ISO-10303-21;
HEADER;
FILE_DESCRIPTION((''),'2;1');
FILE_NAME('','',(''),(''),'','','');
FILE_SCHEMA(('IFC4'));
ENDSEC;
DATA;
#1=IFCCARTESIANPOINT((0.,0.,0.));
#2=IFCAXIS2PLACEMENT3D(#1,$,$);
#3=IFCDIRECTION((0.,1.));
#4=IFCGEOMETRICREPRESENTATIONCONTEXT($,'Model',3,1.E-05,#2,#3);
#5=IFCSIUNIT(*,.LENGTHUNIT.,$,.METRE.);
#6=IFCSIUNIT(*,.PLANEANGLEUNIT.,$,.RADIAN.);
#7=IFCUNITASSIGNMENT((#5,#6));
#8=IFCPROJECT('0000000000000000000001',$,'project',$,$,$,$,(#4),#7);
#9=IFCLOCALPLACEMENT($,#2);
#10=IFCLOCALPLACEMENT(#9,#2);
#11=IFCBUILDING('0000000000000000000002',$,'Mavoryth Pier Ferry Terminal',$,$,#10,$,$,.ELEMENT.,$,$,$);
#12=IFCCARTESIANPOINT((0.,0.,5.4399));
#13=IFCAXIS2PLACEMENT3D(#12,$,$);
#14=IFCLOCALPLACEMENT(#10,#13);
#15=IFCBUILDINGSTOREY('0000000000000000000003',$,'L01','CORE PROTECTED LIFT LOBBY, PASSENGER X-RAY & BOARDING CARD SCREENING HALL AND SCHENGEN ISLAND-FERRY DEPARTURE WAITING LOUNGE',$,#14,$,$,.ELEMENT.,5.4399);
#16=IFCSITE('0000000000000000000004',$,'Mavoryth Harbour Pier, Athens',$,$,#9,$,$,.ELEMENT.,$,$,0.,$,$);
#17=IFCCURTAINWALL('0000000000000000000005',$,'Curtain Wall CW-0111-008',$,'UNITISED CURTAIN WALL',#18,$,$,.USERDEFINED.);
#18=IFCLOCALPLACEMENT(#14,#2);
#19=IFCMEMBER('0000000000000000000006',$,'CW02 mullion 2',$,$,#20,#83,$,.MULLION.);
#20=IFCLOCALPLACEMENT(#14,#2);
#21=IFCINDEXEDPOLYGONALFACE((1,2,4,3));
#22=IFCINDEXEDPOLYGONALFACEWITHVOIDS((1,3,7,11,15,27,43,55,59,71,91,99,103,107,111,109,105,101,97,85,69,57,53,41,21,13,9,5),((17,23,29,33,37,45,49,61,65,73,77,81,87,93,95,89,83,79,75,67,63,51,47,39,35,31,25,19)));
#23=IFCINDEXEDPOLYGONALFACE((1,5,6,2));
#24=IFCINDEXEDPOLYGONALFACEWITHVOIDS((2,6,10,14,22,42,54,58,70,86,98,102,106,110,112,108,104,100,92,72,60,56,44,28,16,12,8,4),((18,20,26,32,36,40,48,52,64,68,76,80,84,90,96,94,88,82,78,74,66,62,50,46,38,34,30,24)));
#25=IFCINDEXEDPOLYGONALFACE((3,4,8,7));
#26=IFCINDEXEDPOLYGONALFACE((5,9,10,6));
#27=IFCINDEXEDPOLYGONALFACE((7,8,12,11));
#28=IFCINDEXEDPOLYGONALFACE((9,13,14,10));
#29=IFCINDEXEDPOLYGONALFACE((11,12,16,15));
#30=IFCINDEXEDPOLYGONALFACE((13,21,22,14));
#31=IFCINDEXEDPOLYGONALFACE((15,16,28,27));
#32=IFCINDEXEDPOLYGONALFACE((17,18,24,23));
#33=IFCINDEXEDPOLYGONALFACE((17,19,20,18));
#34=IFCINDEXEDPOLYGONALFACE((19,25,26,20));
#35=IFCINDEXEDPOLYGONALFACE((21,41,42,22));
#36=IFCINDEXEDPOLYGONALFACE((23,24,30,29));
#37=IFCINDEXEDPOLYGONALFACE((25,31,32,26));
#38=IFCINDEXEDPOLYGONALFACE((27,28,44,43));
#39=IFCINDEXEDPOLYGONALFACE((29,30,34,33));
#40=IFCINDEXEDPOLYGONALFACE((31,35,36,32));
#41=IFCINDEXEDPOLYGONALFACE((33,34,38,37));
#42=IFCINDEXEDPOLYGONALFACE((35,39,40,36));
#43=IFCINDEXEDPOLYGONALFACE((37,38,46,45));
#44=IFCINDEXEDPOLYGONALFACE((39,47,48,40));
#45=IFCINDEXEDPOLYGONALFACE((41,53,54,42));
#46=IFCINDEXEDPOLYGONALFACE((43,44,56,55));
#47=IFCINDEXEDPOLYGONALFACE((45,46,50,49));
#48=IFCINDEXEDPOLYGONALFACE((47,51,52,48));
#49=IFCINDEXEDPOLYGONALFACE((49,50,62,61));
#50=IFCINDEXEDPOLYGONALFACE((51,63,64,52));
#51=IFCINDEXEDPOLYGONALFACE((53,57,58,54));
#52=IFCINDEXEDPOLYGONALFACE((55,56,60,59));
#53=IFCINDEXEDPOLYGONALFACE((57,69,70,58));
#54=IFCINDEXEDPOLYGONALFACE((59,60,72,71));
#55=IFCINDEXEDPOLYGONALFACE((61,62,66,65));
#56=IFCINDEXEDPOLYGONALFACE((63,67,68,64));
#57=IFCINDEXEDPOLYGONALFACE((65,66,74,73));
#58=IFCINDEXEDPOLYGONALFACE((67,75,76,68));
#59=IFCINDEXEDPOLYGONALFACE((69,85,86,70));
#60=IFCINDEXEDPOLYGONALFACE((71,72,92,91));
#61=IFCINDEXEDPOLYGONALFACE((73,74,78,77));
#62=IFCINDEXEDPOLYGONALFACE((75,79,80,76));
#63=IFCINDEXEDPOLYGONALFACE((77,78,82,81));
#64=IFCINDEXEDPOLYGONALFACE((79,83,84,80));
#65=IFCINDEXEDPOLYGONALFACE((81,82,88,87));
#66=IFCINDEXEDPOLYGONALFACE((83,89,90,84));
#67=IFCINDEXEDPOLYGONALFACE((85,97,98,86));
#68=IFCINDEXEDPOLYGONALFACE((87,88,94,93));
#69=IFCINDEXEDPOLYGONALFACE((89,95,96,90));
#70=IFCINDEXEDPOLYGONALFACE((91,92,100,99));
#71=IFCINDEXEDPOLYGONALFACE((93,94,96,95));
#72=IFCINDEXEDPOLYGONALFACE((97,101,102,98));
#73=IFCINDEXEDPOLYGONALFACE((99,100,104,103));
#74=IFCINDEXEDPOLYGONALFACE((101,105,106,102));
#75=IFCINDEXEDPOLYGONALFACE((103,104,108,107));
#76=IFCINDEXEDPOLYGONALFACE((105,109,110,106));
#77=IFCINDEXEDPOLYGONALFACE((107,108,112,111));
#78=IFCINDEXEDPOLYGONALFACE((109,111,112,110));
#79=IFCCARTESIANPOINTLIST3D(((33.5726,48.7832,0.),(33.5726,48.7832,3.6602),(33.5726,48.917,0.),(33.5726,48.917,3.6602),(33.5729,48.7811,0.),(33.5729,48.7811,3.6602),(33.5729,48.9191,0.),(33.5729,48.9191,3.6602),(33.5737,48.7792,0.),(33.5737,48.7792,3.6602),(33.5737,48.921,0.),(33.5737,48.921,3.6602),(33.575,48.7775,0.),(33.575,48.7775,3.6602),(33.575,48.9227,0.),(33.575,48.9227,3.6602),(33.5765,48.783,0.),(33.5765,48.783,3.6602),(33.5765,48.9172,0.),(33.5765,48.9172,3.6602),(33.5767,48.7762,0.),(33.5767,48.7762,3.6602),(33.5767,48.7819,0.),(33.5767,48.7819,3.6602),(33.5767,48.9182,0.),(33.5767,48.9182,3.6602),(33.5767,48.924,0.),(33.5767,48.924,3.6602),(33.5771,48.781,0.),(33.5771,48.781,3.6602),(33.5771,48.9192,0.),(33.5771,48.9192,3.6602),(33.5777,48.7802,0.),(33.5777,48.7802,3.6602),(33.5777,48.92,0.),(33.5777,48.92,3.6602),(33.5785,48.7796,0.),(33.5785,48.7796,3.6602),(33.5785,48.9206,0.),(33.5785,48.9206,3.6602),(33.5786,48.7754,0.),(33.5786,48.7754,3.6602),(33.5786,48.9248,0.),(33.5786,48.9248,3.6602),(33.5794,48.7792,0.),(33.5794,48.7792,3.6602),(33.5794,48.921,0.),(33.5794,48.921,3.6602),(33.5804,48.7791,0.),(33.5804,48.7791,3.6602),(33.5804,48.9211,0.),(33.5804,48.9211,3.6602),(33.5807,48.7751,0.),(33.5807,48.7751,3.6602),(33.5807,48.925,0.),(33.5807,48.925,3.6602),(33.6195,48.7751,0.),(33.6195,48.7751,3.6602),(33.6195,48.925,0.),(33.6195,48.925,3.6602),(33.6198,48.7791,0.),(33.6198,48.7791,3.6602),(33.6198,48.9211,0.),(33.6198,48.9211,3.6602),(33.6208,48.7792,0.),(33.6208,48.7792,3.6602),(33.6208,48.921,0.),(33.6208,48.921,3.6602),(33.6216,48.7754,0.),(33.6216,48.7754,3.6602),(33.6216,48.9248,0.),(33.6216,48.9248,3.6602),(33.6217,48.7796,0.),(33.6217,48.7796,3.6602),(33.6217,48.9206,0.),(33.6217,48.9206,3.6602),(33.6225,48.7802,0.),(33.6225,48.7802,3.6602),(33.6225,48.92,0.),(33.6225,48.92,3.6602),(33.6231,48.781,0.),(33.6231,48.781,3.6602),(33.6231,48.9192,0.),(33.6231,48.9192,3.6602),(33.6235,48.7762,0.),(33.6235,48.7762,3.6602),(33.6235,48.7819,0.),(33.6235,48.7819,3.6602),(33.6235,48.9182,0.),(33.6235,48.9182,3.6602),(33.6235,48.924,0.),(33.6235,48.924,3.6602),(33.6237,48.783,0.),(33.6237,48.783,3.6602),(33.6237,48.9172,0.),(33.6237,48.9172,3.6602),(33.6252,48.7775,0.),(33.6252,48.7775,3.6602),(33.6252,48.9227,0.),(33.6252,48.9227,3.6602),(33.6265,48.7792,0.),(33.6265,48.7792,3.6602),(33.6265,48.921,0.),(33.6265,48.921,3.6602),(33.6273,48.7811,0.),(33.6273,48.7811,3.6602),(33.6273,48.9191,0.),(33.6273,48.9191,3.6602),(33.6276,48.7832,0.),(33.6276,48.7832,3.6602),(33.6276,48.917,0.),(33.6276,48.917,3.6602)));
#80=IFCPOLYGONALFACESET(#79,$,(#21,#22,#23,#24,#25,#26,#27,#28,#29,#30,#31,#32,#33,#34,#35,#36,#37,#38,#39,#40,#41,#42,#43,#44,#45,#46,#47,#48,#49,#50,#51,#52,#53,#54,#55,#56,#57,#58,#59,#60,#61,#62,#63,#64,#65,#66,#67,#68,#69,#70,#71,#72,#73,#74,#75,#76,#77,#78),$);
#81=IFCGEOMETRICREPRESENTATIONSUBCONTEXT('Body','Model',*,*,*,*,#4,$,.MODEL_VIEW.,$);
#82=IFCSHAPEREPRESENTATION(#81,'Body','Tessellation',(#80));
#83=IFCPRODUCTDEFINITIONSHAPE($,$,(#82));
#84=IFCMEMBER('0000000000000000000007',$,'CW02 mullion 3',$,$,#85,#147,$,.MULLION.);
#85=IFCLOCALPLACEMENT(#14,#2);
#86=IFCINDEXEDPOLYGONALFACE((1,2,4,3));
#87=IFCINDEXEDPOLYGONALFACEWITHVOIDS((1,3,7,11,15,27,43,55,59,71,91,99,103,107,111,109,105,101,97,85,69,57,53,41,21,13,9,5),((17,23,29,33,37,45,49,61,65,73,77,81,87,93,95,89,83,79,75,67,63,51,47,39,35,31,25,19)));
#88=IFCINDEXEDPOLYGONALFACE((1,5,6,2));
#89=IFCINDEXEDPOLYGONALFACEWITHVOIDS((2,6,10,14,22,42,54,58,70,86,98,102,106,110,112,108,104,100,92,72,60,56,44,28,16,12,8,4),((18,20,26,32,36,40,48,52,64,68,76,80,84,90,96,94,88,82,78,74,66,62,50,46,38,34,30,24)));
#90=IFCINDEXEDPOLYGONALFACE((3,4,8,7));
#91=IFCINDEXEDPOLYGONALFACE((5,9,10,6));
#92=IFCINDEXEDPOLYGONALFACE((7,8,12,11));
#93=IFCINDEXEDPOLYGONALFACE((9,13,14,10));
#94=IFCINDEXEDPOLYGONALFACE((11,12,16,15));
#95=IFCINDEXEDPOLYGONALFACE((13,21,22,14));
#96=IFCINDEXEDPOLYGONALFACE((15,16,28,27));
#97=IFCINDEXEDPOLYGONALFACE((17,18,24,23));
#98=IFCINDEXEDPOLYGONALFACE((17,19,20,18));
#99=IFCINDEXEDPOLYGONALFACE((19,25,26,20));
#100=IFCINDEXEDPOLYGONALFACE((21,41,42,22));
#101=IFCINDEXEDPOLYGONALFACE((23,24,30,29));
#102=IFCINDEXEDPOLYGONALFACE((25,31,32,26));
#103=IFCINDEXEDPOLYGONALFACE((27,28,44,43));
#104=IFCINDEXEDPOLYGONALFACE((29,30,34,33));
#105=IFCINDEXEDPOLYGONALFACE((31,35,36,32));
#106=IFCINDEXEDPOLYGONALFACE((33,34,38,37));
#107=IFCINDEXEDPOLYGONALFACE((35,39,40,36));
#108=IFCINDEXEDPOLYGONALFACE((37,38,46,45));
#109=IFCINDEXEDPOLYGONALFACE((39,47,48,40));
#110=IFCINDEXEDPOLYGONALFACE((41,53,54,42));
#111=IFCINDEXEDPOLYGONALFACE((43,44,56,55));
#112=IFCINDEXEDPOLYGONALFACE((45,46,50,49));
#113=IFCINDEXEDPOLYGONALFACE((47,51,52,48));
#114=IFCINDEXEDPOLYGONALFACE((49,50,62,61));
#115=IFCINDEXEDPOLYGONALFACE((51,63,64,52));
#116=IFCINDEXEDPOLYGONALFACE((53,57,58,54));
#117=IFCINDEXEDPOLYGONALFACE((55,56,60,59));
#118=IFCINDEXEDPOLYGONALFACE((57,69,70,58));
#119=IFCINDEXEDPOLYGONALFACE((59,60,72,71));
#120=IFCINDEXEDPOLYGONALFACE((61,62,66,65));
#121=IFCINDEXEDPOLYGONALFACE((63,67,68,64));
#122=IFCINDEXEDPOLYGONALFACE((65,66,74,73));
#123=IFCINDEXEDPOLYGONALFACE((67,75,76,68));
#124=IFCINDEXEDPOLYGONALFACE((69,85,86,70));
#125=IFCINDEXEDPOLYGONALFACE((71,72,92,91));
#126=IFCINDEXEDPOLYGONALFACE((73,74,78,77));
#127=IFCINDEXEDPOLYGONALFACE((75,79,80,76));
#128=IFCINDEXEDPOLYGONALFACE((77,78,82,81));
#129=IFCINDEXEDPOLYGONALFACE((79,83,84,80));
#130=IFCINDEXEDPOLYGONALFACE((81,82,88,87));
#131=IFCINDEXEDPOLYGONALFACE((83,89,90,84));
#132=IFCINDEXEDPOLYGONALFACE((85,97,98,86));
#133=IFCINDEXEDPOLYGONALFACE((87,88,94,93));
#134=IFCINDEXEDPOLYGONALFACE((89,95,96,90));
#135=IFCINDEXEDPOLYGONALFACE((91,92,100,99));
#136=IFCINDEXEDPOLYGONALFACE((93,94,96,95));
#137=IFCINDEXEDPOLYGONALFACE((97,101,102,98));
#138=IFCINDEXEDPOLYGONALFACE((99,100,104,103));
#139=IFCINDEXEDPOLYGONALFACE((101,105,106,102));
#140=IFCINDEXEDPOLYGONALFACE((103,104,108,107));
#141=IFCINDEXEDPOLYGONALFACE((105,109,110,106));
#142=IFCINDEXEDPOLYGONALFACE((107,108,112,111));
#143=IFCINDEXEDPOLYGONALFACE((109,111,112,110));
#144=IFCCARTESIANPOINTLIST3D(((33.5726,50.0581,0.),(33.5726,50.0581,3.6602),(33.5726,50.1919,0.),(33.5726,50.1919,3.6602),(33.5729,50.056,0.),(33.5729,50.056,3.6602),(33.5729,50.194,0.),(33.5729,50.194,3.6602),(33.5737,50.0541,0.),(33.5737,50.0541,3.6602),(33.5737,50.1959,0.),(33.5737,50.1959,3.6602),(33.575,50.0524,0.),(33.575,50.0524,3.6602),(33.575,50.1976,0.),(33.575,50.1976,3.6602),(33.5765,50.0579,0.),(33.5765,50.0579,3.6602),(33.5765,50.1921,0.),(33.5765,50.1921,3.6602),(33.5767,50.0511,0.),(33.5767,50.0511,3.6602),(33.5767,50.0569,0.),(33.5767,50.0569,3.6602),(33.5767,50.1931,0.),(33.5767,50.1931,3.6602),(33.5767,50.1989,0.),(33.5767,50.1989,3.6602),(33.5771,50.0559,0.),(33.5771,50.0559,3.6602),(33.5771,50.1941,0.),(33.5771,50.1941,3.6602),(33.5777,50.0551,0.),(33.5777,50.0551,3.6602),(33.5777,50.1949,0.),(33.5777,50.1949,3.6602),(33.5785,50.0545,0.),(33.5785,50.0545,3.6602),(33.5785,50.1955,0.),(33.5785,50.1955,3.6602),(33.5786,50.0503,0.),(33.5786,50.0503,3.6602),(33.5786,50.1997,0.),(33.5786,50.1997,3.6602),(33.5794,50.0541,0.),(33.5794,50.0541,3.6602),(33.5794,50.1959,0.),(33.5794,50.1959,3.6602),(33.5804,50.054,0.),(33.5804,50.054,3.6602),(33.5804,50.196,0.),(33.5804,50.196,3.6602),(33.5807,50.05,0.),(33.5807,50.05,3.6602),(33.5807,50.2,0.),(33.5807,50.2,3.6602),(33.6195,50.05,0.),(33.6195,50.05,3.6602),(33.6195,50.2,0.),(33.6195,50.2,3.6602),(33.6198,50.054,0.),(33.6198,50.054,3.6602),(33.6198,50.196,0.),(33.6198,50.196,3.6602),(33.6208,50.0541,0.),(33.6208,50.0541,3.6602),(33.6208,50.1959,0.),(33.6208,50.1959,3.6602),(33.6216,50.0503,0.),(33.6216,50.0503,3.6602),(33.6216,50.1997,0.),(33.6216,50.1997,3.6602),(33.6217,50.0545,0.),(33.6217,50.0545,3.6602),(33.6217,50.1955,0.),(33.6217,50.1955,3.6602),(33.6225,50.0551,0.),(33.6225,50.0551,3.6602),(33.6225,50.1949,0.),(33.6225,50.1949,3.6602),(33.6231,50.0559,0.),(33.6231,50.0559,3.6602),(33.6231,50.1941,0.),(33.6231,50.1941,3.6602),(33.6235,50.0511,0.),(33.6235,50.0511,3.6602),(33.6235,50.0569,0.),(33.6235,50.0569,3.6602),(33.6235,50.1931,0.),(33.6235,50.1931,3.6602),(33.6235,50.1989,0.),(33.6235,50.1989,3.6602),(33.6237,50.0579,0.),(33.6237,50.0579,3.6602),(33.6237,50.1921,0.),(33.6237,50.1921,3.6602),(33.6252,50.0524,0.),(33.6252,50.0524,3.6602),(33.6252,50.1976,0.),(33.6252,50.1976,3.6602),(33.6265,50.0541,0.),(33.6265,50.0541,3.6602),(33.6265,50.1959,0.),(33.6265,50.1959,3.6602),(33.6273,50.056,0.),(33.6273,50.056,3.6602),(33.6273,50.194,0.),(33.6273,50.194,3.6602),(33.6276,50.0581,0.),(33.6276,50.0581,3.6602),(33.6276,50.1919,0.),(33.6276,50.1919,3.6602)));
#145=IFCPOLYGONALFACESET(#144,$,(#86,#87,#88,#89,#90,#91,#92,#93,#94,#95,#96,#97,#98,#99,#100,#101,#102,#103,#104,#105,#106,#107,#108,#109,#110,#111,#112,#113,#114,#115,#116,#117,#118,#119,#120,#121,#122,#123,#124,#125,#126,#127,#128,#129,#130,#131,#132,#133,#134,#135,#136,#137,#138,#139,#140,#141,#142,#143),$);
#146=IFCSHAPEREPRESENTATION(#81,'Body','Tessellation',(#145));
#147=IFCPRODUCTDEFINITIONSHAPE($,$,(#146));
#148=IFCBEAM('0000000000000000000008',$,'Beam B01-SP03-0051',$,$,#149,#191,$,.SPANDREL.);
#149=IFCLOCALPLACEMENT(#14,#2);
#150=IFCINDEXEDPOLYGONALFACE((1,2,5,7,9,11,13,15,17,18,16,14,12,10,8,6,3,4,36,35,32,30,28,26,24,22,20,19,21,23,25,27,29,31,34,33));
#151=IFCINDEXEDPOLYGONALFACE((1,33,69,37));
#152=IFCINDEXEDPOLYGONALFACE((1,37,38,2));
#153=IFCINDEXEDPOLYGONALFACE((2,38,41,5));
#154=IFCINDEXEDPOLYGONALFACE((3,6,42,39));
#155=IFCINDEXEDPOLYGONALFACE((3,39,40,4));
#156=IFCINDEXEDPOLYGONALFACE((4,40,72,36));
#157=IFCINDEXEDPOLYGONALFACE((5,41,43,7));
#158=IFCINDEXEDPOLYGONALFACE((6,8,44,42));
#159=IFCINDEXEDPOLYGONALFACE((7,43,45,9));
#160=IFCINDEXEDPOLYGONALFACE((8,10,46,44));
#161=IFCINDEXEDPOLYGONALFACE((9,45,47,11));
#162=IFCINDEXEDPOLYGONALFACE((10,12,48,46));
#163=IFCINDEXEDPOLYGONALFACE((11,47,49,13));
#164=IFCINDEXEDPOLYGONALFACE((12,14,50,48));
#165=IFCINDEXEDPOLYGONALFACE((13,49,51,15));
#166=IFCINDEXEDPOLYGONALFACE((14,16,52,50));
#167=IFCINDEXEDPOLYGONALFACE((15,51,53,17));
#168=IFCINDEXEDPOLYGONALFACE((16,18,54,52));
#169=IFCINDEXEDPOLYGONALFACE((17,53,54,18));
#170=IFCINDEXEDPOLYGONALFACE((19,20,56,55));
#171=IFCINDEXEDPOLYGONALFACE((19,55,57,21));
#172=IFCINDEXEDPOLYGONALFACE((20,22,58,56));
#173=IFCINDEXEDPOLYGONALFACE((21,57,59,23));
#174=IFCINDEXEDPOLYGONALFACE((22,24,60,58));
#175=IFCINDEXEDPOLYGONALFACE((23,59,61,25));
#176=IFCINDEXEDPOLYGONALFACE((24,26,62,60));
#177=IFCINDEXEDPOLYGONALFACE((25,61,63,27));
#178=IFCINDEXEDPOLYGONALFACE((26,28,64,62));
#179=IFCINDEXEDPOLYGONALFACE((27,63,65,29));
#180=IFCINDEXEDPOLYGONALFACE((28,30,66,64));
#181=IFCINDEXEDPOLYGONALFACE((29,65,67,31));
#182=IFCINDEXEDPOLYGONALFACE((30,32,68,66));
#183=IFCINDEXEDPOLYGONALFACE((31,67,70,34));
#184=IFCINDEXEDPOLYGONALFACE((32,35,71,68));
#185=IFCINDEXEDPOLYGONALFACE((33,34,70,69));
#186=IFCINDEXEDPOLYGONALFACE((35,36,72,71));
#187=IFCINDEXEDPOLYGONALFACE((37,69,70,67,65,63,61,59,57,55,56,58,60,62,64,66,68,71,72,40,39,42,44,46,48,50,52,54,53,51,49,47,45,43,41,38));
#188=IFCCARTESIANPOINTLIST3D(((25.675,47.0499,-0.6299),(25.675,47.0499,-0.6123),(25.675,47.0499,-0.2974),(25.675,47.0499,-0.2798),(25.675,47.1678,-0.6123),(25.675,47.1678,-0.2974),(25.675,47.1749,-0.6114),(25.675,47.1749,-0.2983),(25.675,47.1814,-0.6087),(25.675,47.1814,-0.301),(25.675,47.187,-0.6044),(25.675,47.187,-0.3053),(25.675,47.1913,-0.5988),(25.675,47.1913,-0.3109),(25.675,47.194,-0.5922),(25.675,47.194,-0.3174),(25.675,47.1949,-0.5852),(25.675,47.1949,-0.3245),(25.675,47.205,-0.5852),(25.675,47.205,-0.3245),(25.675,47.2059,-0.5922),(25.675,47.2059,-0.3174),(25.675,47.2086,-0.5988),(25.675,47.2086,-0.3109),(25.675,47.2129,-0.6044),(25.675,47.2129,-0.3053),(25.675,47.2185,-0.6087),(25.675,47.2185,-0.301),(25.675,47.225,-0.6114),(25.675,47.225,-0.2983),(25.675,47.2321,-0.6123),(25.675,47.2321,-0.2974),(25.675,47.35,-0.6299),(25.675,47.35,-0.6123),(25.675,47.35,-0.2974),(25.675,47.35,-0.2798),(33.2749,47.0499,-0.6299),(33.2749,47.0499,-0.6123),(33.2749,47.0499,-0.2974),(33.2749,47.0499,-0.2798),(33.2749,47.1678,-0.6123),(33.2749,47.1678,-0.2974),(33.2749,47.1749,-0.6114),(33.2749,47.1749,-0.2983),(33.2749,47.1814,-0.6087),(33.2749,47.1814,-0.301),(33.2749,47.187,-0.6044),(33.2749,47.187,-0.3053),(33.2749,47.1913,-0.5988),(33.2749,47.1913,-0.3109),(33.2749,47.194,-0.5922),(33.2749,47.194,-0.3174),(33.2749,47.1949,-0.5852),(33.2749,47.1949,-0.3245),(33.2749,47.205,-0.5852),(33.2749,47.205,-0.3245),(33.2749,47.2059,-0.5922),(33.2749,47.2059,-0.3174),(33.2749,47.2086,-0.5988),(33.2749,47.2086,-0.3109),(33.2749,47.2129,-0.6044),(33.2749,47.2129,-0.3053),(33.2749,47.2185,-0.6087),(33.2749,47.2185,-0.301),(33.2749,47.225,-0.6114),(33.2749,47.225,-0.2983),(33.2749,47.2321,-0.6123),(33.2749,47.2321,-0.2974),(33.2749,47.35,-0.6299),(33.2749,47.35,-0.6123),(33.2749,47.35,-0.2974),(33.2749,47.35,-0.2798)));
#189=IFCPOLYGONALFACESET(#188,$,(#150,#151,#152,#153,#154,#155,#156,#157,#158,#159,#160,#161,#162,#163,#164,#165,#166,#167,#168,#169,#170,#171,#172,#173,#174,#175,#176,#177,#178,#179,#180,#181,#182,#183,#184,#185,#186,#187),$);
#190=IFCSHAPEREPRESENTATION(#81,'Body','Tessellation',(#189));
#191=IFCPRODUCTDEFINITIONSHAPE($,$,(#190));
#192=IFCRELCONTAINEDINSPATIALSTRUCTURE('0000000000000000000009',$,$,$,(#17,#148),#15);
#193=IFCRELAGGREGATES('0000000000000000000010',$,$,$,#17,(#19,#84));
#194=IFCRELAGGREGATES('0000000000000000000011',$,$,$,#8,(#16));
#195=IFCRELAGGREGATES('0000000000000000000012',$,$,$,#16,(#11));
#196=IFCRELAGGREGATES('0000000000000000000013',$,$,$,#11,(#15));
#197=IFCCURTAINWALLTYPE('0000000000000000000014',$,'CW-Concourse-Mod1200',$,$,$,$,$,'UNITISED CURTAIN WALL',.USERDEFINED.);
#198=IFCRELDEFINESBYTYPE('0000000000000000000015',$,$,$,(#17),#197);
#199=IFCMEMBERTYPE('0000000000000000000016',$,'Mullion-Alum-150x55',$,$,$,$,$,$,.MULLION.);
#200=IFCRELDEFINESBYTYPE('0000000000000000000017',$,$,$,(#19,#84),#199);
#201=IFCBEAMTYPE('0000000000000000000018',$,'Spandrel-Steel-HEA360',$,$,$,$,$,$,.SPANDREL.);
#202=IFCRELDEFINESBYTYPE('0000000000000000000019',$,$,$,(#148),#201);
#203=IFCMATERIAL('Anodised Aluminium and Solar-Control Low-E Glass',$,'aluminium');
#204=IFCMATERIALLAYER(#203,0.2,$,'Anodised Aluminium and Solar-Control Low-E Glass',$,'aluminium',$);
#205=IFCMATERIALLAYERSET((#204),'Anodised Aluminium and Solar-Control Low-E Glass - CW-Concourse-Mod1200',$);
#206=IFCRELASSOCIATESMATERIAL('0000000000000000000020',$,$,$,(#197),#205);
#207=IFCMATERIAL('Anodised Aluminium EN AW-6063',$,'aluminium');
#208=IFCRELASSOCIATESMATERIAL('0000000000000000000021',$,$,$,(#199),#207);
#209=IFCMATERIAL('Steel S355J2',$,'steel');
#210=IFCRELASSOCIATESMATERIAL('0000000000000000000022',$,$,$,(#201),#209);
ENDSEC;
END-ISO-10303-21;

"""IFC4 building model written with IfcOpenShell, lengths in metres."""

from ifc_helpers import new_model, si_unit, direction, frame, origin, origin_2d, place, context, subcontext, project, spatial, hollow_rectangle, i_section, extrude, material, layer, layer_set, material_profile, profile_set, type_object, element, aggregate, save


model = new_model("IFC4")

# Units and contexts
model_context = context("Model", 3, precision=1e-05, world=origin(), true_north=direction((0.0, 1.0)))
body_context = subcontext(model_context, "Body", "Model", "MODEL_VIEW")
ifc_project = project(units=[si_unit("LENGTHUNIT", "METRE"), si_unit("PLANEANGLEUNIT", "RADIAN")], contexts=[model_context])

# Site, building, storey
site_placement = place(None, origin())
site = spatial("IfcSite", under=ifc_project, at=site_placement, Name="Mavoryth Harbour Pier, Athens", CompositionType="ELEMENT", RefElevation=0.0)
building_placement = place(site_placement, origin())
building = spatial("IfcBuilding", under=site, at=building_placement, Name="Mavoryth Pier Ferry Terminal", CompositionType="ELEMENT")
storey_placement = place(building_placement, frame((0.0, 0.0, 5.4399)))
storey = spatial("IfcBuildingStorey", under=building, at=storey_placement, Name="L01", Description="CORE PROTECTED LIFT LOBBY, PASSENGER X-RAY & BOARDING CARD SCREENING HALL AND SCHENGEN ISLAND-FERRY DEPARTURE WAITING LOUNGE", CompositionType="ELEMENT", Elevation=5.4399)

# Shared definitions
ifc_material_1 = material(Name="Steel S355J2", Category="steel")

# Curtain wall, members
ifc_material_2 = material(Name="Anodised Aluminium and Solar-Control Low-E Glass", Category="aluminium")
ifc_layer_1 = layer(ifc_material_2, 0.2, Name="Anodised Aluminium and Solar-Control Low-E Glass", Category="aluminium")
ifc_layer_set_1 = layer_set([ifc_layer_1], Name="Anodised Aluminium and Solar-Control Low-E Glass - CW-Concourse-Mod1200")
curtain_wall_type = type_object("IfcCurtainWallType", Name="CW-Concourse-Mod1200", ElementType="UNITISED CURTAIN WALL", PredefinedType="USERDEFINED", material=ifc_layer_set_1)
curtain_wall_placement = place(storey_placement, origin())
curtain_wall = element("IfcCurtainWall", 1, at=curtain_wall_placement, inside=storey, type_object=curtain_wall_type, Name="Curtain Wall CW-0111-008", ObjectType="UNITISED CURTAIN WALL", PredefinedType="USERDEFINED")
ifc_material_3 = material(Name="Anodised Aluminium EN AW-6063", Category="aluminium")
ifc_material_profile_1 = material_profile(ifc_material_3, hollow_rectangle(XDim=0.0549, YDim=0.1499, WallThickness=0.0039, InnerFilletRadius=0.0039, OuterFilletRadius=0.0081, at=origin_2d()), Name="AL-MULL 150x55x4", Category="aluminium")
ifc_profile_set_1 = profile_set([ifc_material_profile_1], Name="Anodised Aluminium EN AW-6063 - AL-MULL 150x55x4")
member_type_1 = type_object("IfcMemberType", Name="Mullion-Alum-150x55", PredefinedType="MULLION", material=ifc_profile_set_1)
member_1_placement = place(storey_placement, frame((33.6001, 48.8501, 0.0), z_axis=(0.0, 0.0, 1.0), x_axis=(-1.0, 0.0, 0.0)))
member_1 = element("IfcMember", 2, at=member_1_placement, type_object=member_type_1, Name="CW02 mullion 2", PredefinedType="MULLION", context=body_context, shape_type="SweptSolid", body=[
    extrude(hollow_rectangle(XDim=0.0549, YDim=0.1499, WallThickness=0.0039, InnerFilletRadius=0.0039, OuterFilletRadius=0.0081, at=origin_2d()), origin(), (0.0, 0.0, 1.0), 3.6602),
])
member_2_placement = place(storey_placement, frame((33.6001, 50.125, 0.0), z_axis=(0.0, 0.0, 1.0), x_axis=(-1.0, 0.0, 0.0)))
member_2 = element("IfcMember", 3, at=member_2_placement, type_object=member_type_1, Name="CW02 mullion 3", PredefinedType="MULLION", context=body_context, shape_type="SweptSolid", body=[
    extrude(hollow_rectangle(XDim=0.0549, YDim=0.1499, WallThickness=0.0039, InnerFilletRadius=0.0039, OuterFilletRadius=0.0081, at=origin_2d()), origin(), (0.0, 0.0, 1.0), 3.6602),
])

# Beam
ifc_material_profile_2 = material_profile(ifc_material_1, i_section(OverallWidth=0.3, OverallDepth=0.3501, WebThickness=0.01, FlangeThickness=0.0176, FilletRadius=0.0271, at=origin_2d()), Name="HEA 360", Category="steel")
ifc_profile_set_2 = profile_set([ifc_material_profile_2], Name="Steel S355J2 - HEA 360")
beam_type_1 = type_object("IfcBeamType", Name="Spandrel-Steel-HEA360", PredefinedType="SPANDREL", material=ifc_profile_set_2)
beam_1_placement = place(storey_placement, frame((25.675, 47.2, -0.4548), z_axis=(1.0, 0.0, 0.0), x_axis=(0.0, 1.0, 0.0)))
element("IfcBeam", 4, at=beam_1_placement, inside=storey, type_object=beam_type_1, Name="Beam B01-SP03-0051", PredefinedType="SPANDREL", context=body_context, shape_type="SweptSolid", body=[
    extrude(i_section(OverallWidth=0.3, OverallDepth=0.3501, WebThickness=0.01, FlangeThickness=0.0176, FilletRadius=0.0271, at=origin_2d()), origin(), (0.0, 0.0, 1.0), 7.5999),
])

aggregate(curtain_wall, [member_1, member_2])

save(model, "model.ifc")
